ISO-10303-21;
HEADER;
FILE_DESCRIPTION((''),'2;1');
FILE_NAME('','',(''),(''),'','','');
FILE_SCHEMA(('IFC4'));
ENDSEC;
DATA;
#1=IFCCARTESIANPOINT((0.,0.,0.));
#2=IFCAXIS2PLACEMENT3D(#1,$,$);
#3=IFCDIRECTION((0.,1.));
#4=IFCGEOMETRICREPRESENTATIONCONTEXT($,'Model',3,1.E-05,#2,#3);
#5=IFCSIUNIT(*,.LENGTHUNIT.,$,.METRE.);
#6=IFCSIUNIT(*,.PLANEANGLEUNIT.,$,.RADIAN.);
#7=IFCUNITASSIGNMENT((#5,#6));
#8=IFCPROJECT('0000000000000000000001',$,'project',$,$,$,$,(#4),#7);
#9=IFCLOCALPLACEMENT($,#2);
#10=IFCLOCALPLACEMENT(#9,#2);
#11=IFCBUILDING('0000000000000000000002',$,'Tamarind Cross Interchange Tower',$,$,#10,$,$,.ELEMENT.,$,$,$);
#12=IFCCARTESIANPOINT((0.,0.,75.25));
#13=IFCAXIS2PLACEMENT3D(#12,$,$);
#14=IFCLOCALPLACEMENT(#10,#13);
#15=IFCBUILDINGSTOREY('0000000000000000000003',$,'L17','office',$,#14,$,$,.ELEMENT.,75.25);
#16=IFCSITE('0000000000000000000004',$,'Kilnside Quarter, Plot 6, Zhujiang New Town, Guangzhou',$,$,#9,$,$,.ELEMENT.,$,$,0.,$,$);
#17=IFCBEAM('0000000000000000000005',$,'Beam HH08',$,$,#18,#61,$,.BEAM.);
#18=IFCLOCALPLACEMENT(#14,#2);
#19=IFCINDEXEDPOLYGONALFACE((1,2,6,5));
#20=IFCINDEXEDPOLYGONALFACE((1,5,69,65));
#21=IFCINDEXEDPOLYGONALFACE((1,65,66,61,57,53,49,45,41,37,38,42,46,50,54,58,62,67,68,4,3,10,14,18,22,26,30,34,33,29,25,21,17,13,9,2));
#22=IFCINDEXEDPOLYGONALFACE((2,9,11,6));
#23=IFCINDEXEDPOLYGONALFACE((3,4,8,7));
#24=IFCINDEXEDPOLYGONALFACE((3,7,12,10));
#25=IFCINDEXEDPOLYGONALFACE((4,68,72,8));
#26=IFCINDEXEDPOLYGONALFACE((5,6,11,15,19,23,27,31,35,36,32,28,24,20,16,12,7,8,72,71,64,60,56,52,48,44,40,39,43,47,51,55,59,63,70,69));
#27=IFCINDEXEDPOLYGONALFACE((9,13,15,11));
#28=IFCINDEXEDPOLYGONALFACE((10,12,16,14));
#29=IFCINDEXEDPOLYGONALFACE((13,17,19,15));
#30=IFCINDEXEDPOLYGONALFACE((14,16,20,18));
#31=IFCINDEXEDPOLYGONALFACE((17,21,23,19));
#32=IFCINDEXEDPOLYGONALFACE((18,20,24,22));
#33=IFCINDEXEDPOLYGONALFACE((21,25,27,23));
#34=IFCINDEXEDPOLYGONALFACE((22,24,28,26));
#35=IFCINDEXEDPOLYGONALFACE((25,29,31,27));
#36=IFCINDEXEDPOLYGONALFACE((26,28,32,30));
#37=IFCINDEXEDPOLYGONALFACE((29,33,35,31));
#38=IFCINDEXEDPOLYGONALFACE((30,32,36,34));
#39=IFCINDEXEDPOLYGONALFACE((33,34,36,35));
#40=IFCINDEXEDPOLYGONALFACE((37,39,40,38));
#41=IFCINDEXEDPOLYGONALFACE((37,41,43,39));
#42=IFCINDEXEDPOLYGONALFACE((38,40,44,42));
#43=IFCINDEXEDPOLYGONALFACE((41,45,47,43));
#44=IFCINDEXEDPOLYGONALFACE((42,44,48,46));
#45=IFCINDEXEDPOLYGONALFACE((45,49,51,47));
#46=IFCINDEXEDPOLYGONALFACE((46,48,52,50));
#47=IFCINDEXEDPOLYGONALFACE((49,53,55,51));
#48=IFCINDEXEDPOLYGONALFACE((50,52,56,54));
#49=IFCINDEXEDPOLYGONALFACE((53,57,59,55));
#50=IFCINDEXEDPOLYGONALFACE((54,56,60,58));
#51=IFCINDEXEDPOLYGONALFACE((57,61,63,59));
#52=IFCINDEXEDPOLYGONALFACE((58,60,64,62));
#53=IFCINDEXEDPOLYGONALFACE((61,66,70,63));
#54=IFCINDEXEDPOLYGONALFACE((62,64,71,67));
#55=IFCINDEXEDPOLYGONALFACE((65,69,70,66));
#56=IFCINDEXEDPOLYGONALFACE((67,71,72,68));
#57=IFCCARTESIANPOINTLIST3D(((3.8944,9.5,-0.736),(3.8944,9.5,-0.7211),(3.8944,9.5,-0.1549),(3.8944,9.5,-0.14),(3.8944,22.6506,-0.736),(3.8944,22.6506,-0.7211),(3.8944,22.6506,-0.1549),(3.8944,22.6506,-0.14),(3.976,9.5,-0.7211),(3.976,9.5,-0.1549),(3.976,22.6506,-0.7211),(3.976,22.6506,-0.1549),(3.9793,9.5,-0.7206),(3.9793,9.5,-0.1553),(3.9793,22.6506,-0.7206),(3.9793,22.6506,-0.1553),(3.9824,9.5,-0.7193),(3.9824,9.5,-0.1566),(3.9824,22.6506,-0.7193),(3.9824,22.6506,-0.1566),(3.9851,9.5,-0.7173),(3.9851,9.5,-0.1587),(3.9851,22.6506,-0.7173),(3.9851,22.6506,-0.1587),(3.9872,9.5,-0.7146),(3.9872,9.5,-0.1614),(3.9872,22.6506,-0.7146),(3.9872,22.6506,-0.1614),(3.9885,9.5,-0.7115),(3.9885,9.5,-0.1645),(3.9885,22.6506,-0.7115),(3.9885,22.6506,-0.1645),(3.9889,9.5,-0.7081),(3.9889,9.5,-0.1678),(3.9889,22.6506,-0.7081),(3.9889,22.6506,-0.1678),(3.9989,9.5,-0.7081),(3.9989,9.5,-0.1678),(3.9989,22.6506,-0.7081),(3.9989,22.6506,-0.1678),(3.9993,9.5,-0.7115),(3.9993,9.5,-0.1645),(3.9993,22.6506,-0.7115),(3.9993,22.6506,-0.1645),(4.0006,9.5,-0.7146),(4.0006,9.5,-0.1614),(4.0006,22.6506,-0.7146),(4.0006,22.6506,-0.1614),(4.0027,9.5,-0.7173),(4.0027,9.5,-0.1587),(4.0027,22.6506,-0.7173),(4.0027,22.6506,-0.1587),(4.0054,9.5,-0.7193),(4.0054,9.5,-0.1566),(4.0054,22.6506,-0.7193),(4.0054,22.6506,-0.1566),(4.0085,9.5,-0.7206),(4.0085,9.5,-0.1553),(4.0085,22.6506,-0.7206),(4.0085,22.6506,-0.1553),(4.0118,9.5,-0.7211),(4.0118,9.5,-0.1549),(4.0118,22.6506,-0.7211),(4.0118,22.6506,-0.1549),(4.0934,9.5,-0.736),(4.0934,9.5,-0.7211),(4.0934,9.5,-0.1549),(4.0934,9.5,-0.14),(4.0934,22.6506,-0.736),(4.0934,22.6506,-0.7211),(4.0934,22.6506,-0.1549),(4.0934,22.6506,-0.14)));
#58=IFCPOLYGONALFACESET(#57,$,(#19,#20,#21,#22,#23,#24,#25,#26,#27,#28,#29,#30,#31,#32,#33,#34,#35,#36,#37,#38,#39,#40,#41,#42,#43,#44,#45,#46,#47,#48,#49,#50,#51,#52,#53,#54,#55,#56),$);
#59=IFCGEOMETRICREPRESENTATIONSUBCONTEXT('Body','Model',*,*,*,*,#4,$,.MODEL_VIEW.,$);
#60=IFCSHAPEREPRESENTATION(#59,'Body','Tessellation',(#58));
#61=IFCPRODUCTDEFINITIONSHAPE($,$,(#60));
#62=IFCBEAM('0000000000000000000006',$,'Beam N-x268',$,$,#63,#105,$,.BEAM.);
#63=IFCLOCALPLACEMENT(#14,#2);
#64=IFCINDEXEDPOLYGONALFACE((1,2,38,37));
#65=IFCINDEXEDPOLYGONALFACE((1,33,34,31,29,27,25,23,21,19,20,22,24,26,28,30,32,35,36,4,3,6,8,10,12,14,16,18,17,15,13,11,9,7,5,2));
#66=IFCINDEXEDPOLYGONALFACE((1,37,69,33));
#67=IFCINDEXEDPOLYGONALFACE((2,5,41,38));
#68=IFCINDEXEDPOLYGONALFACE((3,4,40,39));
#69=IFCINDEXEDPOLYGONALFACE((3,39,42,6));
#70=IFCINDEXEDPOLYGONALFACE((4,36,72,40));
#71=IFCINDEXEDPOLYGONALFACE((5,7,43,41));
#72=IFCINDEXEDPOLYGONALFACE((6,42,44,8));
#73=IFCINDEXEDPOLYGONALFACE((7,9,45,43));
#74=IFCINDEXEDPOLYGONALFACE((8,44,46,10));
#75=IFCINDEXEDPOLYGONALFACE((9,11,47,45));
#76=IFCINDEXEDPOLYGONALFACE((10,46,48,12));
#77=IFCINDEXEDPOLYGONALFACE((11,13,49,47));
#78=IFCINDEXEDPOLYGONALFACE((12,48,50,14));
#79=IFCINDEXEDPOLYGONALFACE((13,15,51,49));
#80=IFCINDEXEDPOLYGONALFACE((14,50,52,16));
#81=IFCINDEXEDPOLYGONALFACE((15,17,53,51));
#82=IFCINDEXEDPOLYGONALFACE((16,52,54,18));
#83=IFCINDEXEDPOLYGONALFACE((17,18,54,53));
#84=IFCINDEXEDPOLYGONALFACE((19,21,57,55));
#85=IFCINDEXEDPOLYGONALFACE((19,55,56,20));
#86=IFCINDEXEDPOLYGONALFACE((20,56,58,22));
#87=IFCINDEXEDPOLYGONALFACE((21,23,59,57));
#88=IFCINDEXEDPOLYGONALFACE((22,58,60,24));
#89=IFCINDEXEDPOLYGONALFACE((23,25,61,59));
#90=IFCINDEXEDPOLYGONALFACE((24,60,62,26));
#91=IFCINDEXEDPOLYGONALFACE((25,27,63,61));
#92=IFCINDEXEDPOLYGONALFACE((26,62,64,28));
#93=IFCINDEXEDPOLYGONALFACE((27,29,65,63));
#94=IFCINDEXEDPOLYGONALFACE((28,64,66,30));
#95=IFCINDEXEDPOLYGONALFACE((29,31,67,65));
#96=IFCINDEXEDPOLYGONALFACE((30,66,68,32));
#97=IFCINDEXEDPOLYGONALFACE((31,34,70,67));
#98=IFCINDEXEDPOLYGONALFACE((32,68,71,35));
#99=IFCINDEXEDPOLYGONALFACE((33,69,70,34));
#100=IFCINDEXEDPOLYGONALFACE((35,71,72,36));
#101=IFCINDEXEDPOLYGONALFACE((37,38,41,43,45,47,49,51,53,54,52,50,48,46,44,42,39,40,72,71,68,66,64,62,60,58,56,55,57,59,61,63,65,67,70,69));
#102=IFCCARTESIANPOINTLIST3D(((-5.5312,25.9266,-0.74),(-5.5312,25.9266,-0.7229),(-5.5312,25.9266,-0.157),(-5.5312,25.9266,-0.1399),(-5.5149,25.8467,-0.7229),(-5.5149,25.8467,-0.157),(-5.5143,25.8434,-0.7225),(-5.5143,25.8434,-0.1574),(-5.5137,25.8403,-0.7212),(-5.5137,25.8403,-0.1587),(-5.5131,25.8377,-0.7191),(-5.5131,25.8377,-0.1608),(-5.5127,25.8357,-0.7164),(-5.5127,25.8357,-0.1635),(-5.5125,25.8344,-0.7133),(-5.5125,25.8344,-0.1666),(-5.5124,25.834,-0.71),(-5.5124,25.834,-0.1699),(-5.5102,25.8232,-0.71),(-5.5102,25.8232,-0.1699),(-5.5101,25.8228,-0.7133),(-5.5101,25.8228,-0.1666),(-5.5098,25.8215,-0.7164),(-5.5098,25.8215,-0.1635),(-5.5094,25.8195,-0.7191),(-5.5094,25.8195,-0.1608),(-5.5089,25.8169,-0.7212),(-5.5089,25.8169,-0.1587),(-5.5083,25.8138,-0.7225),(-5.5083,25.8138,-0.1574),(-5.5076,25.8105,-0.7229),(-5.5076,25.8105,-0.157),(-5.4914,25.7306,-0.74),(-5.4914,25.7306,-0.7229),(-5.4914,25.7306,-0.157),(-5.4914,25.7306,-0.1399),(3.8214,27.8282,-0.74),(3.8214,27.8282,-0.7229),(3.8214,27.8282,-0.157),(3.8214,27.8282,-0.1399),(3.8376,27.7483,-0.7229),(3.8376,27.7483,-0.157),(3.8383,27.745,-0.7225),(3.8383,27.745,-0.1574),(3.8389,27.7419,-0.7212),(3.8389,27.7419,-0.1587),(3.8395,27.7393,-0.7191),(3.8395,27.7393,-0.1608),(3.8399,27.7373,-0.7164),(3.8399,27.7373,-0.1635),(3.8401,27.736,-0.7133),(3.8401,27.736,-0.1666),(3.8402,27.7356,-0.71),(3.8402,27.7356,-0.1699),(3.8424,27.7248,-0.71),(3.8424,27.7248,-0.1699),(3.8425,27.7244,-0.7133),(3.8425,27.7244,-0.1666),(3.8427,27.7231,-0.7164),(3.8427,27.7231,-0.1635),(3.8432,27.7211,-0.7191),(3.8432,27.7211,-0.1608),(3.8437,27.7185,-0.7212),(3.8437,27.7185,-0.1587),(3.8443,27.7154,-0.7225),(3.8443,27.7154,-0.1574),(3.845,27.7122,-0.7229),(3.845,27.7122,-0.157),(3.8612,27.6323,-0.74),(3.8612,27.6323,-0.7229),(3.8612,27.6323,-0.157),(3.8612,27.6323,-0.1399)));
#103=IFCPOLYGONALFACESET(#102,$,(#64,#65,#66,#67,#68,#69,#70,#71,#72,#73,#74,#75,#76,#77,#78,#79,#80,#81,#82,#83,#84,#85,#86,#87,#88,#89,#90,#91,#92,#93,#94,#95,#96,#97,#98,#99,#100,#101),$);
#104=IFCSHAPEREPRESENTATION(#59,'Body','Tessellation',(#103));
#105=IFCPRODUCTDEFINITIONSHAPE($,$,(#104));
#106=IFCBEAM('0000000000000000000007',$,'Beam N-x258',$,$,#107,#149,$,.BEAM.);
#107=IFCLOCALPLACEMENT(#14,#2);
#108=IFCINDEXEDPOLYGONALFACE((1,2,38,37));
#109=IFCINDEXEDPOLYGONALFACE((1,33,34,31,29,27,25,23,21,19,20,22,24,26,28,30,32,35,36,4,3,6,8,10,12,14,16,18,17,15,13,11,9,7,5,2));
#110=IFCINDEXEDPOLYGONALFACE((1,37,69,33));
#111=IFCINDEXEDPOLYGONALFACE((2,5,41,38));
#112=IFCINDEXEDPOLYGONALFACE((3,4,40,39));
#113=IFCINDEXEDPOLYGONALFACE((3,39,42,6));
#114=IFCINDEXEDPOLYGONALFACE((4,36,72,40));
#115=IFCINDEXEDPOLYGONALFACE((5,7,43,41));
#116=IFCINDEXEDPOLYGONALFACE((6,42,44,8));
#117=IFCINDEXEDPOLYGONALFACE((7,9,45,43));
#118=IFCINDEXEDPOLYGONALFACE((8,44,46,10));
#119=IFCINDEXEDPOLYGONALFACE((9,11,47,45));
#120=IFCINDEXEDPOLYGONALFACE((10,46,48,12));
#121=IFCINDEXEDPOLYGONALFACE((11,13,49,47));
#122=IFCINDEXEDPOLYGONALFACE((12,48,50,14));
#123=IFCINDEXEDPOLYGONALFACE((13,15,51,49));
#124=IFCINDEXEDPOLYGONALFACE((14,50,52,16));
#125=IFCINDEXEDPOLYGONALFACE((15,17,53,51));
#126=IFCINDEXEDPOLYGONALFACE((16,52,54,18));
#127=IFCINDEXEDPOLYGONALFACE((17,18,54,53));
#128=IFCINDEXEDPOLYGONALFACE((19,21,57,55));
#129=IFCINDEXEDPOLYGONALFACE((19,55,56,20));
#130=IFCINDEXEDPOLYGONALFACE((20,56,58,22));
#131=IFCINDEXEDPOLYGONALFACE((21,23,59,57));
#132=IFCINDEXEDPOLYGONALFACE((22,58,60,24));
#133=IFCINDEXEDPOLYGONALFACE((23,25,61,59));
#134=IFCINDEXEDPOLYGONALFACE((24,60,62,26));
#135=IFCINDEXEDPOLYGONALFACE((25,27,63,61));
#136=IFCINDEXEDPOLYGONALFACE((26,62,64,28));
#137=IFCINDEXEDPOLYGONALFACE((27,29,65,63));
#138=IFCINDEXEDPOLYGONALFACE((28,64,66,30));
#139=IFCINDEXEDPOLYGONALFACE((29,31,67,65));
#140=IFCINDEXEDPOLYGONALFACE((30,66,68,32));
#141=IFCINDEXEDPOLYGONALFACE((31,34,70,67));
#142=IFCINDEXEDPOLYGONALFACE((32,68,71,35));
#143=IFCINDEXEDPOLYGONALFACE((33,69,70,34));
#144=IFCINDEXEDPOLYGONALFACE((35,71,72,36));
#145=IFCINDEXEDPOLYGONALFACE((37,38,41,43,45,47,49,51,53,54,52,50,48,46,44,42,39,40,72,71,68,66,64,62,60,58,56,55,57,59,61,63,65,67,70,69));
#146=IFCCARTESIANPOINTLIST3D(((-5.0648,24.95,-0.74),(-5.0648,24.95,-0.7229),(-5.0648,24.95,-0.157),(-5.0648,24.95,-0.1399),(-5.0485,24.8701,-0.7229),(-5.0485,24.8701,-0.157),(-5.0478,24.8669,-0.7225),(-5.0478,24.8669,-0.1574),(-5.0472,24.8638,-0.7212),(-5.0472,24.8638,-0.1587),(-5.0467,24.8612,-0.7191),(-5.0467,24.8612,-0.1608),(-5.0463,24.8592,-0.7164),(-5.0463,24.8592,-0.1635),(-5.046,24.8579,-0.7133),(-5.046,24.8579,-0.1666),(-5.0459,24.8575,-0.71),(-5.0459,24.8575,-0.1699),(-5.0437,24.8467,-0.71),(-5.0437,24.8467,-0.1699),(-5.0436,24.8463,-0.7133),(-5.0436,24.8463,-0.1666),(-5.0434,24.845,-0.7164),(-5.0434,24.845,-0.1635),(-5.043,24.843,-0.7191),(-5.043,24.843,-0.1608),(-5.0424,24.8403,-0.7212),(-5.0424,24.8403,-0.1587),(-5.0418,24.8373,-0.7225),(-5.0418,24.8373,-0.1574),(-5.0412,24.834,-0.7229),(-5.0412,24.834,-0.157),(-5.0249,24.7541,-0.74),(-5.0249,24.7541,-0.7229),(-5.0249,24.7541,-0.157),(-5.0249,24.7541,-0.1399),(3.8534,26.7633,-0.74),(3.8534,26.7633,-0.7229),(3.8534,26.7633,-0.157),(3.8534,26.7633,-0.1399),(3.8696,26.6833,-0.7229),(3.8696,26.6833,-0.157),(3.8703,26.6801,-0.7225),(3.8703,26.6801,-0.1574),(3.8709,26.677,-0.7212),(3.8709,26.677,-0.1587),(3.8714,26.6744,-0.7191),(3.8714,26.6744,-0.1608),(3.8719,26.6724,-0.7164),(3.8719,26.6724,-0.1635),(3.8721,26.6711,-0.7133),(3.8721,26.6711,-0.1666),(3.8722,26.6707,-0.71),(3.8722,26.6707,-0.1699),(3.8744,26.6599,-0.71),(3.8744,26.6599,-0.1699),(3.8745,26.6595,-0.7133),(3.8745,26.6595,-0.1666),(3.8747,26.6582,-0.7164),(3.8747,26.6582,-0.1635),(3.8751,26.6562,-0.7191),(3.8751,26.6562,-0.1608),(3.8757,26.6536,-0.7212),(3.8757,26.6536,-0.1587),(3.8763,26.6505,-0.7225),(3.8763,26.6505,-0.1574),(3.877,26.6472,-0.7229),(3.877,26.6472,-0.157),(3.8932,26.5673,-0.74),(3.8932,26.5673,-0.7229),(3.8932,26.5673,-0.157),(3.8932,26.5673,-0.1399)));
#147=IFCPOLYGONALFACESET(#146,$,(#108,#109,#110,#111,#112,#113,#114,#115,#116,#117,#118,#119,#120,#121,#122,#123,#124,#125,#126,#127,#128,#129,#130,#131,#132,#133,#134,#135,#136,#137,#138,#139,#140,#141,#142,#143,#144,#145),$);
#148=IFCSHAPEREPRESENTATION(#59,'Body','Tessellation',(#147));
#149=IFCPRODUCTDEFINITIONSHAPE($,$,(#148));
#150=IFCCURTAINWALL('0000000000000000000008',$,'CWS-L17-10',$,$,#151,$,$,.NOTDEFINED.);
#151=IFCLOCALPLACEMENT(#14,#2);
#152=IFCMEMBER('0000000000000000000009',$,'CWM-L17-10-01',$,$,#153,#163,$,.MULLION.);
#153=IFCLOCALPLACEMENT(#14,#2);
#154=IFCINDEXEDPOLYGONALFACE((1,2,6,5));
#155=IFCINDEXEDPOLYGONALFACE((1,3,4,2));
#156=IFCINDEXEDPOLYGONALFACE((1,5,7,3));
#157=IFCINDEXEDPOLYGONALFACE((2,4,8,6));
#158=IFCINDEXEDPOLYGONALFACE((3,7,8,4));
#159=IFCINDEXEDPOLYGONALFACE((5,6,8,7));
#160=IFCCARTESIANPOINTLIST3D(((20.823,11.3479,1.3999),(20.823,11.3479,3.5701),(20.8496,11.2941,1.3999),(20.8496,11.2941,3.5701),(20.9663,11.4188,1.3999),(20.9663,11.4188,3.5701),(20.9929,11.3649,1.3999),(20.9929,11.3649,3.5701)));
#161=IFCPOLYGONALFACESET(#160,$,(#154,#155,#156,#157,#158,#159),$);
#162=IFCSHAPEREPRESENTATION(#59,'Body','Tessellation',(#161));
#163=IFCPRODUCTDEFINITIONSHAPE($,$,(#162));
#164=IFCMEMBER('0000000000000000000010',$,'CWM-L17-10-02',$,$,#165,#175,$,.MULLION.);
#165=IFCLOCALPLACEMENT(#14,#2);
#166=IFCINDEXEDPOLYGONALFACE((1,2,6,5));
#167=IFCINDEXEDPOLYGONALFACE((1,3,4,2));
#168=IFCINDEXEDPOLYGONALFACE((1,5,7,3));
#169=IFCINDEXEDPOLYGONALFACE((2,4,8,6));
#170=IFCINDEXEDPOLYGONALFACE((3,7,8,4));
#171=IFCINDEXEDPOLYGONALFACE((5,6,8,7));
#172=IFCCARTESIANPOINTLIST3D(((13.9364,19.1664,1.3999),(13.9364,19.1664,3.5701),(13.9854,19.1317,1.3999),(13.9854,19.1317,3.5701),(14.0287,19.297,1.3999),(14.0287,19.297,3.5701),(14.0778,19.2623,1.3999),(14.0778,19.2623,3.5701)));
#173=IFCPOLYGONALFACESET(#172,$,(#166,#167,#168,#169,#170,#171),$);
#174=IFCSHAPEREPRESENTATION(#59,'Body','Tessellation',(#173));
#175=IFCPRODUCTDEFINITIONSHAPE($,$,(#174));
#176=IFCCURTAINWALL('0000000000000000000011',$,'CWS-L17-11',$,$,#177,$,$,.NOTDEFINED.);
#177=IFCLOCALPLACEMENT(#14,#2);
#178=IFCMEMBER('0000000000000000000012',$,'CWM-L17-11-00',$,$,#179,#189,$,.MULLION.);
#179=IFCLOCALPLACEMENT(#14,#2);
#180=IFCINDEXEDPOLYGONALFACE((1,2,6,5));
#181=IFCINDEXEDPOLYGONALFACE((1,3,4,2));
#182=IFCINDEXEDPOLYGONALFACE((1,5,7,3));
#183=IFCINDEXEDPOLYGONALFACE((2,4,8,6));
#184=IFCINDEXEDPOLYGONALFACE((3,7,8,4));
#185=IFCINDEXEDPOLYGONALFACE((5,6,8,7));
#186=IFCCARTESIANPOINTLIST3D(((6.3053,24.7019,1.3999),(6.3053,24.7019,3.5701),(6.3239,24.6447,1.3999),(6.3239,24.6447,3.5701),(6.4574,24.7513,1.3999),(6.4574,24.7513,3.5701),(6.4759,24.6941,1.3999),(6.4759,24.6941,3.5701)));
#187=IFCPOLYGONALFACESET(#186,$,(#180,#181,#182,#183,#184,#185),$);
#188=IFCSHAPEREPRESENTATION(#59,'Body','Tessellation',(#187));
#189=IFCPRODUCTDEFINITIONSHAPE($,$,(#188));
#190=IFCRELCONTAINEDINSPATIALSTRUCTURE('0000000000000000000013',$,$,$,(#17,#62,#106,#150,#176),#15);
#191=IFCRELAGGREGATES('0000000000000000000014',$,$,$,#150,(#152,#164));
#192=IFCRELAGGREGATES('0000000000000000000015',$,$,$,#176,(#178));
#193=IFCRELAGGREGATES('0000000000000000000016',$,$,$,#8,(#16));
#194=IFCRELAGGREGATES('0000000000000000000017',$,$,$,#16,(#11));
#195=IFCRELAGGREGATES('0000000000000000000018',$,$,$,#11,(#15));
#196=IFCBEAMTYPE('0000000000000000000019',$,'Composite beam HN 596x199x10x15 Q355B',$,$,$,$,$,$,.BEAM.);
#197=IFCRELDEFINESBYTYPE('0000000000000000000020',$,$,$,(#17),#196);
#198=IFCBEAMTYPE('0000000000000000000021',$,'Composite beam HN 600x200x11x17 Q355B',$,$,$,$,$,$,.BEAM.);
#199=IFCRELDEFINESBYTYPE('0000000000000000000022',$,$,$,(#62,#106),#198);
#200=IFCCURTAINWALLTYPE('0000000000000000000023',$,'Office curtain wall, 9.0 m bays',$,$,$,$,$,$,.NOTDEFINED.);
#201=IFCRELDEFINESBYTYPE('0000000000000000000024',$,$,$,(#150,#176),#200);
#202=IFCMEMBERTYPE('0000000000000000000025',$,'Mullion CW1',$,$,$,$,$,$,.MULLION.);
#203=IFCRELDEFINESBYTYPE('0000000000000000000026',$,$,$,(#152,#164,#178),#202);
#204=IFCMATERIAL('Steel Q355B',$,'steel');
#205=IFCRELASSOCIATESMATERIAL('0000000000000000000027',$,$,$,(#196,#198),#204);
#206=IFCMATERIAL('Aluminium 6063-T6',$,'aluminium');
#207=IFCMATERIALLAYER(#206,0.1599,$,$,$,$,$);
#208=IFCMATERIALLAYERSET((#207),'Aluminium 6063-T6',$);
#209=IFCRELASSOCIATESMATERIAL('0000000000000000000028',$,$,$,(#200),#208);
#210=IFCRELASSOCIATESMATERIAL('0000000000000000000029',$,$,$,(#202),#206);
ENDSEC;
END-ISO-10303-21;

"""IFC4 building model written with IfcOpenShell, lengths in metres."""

from ifc_helpers import new_model, si_unit, direction, frame, origin, origin_2d, place, context, subcontext, project, spatial, rectangle, i_section, extrude, material, layer, layer_set, material_profile, profile_set, type_object, element, aggregate, save


model = new_model("IFC4")

# Units and contexts
model_context = context("Model", 3, precision=1e-05, world=origin(), true_north=direction((0.0, 1.0)))
body_context = subcontext(model_context, "Body", "Model", "MODEL_VIEW")
ifc_project = project(units=[si_unit("LENGTHUNIT", "METRE"), si_unit("PLANEANGLEUNIT", "RADIAN")], contexts=[model_context])

# Site, building, storey
site_placement = place(None, origin())
site = spatial("IfcSite", under=ifc_project, at=site_placement, Name="Kilnside Quarter, Plot 6, Zhujiang New Town, Guangzhou", CompositionType="ELEMENT", RefElevation=0.0)
building_placement = place(site_placement, origin())
building = spatial("IfcBuilding", under=site, at=building_placement, Name="Tamarind Cross Interchange Tower", CompositionType="ELEMENT")
storey_placement = place(building_placement, frame((0.0, 0.0, 75.25)))
storey = spatial("IfcBuildingStorey", under=building, at=storey_placement, Name="L17", Description="office", CompositionType="ELEMENT", Elevation=75.25)

# Beams
ifc_material_1 = material(Name="Steel Q355B", Category="steel")
ifc_material_profile_1 = material_profile(ifc_material_1, i_section(OverallWidth=0.199, OverallDepth=0.5959, WebThickness=0.01, FlangeThickness=0.0149, FilletRadius=0.0129, at=origin_2d()), Name="HN 596x199x10x15")
ifc_profile_set_1 = profile_set([ifc_material_profile_1], Name="Steel Q355B")
beam_type_1 = type_object("IfcBeamType", Name="Composite beam HN 596x199x10x15 Q355B", PredefinedType="BEAM", material=ifc_profile_set_1)
beam_1_placement = place(storey_placement, frame((3.9939, 22.6506, -0.438), z_axis=(0.0, -1.0, 0.0), x_axis=(1.0, 0.0, 0.0)))
element("IfcBeam", 1, at=beam_1_placement, inside=storey, type_object=beam_type_1, Name="Beam HH08", PredefinedType="BEAM", context=body_context, shape_type="SweptSolid", body=[
    extrude(i_section(OverallWidth=0.199, OverallDepth=0.5959, WebThickness=0.01, FlangeThickness=0.0149, FilletRadius=0.0129, at=origin_2d()), origin(), (0.0, 0.0, 1.0), 13.1506),
])
ifc_material_profile_2 = material_profile(ifc_material_1, i_section(OverallWidth=0.2, OverallDepth=0.6001, WebThickness=0.011, FlangeThickness=0.0171, FilletRadius=0.0129, at=origin_2d()), Name="HN 600x200x11x17")
ifc_profile_set_2 = profile_set([ifc_material_profile_2], Name="Steel Q355B")
beam_type_2 = type_object("IfcBeamType", Name="Composite beam HN 600x200x11x17 Q355B", PredefinedType="BEAM", material=ifc_profile_set_2)
beam_2_placement = place(storey_placement, frame((3.8413, 27.7302, -0.4399), z_axis=(-0.979949, -0.199249, 0.0), x_axis=(0.199249, -0.979949, 0.0)))
element("IfcBeam", 2, at=beam_2_placement, inside=storey, type_object=beam_type_2, Name="Beam N-x268", PredefinedType="BEAM", context=body_context, shape_type="SweptSolid", body=[
    extrude(i_section(OverallWidth=0.2, OverallDepth=0.6001, WebThickness=0.011, FlangeThickness=0.0171, FilletRadius=0.0129, at=origin_2d()), origin(), (0.0, 0.0, 1.0), 9.5439),
])
beam_3_placement = place(storey_placement, frame((3.8733, 26.6653, -0.4399), z_axis=(-0.97995, -0.199241, 0.0), x_axis=(0.199241, -0.97995, 0.0)))
element("IfcBeam", 3, at=beam_3_placement, inside=storey, type_object=beam_type_2, Name="Beam N-x258", PredefinedType="BEAM", context=body_context, shape_type="SweptSolid", body=[
    extrude(i_section(OverallWidth=0.2, OverallDepth=0.6001, WebThickness=0.011, FlangeThickness=0.0171, FilletRadius=0.0129, at=origin_2d()), origin(), (0.0, 0.0, 1.0), 9.1006),
])

# Curtain walls, members
ifc_material_2 = material(Name="Aluminium 6063-T6", Category="aluminium")
ifc_layer_1 = layer(ifc_material_2, 0.1599)
ifc_layer_set_1 = layer_set([ifc_layer_1], Name="Aluminium 6063-T6")
curtain_wall_type = type_object("IfcCurtainWallType", Name="Office curtain wall, 9.0 m bays", PredefinedType="NOTDEFINED", material=ifc_layer_set_1)
curtain_wall_1_placement = place(storey_placement, origin())
curtain_wall_1 = element("IfcCurtainWall", 4, at=curtain_wall_1_placement, inside=storey, type_object=curtain_wall_type, Name="CWS-L17-10", PredefinedType="NOTDEFINED")
ifc_material_profile_3 = material_profile(ifc_material_2, rectangle(XDim=0.0601, YDim=0.1599, at=origin_2d()), Name="Mullion CW1")
ifc_profile_set_3 = profile_set([ifc_material_profile_3], Name="Aluminium 6063-T6")
member_type = type_object("IfcMemberType", Name="Mullion CW1", PredefinedType="MULLION", material=ifc_profile_set_3)
member_1_placement = place(storey_placement, frame((20.908, 11.3564, 1.3999), z_axis=(0.0, 0.0, 1.0), x_axis=(-0.443059, 0.896493, 0.0)))
member_1 = element("IfcMember", 5, at=member_1_placement, type_object=member_type, Name="CWM-L17-10-01", PredefinedType="MULLION", context=body_context, shape_type="SweptSolid", body=[
    extrude(rectangle(XDim=0.0601, YDim=0.1599, at=origin_2d()), origin(), (0.0, 0.0, 1.0), 2.1702),
])
member_2_placement = place(storey_placement, frame((14.0071, 19.2144, 1.3999), z_axis=(0.0, 0.0, 1.0), x_axis=(-0.816342, 0.577569, 0.0)))
member_2 = element("IfcMember", 6, at=member_2_placement, type_object=member_type, Name="CWM-L17-10-02", PredefinedType="MULLION", context=body_context, shape_type="SweptSolid", body=[
    extrude(rectangle(XDim=0.0601, YDim=0.1599, at=origin_2d()), origin(), (0.0, 0.0, 1.0), 2.1702),
])
aggregate(curtain_wall_1, [member_1, member_2])
curtain_wall_2_placement = place(storey_placement, origin())
curtain_wall_2 = element("IfcCurtainWall", 7, at=curtain_wall_2_placement, inside=storey, type_object=curtain_wall_type, Name="CWS-L17-11", PredefinedType="NOTDEFINED")
member_3_placement = place(storey_placement, frame((6.3906, 24.698, 1.3999), z_axis=(0.0, 0.0, 1.0), x_axis=(-0.308819, 0.951121, 0.0)))
member_3 = element("IfcMember", 8, at=member_3_placement, type_object=member_type, Name="CWM-L17-11-00", PredefinedType="MULLION", context=body_context, shape_type="SweptSolid", body=[
    extrude(rectangle(XDim=0.0601, YDim=0.1599, at=origin_2d()), origin(), (0.0, 0.0, 1.0), 2.1702),
])
aggregate(curtain_wall_2, [member_3])

save(model, "model.ifc")
